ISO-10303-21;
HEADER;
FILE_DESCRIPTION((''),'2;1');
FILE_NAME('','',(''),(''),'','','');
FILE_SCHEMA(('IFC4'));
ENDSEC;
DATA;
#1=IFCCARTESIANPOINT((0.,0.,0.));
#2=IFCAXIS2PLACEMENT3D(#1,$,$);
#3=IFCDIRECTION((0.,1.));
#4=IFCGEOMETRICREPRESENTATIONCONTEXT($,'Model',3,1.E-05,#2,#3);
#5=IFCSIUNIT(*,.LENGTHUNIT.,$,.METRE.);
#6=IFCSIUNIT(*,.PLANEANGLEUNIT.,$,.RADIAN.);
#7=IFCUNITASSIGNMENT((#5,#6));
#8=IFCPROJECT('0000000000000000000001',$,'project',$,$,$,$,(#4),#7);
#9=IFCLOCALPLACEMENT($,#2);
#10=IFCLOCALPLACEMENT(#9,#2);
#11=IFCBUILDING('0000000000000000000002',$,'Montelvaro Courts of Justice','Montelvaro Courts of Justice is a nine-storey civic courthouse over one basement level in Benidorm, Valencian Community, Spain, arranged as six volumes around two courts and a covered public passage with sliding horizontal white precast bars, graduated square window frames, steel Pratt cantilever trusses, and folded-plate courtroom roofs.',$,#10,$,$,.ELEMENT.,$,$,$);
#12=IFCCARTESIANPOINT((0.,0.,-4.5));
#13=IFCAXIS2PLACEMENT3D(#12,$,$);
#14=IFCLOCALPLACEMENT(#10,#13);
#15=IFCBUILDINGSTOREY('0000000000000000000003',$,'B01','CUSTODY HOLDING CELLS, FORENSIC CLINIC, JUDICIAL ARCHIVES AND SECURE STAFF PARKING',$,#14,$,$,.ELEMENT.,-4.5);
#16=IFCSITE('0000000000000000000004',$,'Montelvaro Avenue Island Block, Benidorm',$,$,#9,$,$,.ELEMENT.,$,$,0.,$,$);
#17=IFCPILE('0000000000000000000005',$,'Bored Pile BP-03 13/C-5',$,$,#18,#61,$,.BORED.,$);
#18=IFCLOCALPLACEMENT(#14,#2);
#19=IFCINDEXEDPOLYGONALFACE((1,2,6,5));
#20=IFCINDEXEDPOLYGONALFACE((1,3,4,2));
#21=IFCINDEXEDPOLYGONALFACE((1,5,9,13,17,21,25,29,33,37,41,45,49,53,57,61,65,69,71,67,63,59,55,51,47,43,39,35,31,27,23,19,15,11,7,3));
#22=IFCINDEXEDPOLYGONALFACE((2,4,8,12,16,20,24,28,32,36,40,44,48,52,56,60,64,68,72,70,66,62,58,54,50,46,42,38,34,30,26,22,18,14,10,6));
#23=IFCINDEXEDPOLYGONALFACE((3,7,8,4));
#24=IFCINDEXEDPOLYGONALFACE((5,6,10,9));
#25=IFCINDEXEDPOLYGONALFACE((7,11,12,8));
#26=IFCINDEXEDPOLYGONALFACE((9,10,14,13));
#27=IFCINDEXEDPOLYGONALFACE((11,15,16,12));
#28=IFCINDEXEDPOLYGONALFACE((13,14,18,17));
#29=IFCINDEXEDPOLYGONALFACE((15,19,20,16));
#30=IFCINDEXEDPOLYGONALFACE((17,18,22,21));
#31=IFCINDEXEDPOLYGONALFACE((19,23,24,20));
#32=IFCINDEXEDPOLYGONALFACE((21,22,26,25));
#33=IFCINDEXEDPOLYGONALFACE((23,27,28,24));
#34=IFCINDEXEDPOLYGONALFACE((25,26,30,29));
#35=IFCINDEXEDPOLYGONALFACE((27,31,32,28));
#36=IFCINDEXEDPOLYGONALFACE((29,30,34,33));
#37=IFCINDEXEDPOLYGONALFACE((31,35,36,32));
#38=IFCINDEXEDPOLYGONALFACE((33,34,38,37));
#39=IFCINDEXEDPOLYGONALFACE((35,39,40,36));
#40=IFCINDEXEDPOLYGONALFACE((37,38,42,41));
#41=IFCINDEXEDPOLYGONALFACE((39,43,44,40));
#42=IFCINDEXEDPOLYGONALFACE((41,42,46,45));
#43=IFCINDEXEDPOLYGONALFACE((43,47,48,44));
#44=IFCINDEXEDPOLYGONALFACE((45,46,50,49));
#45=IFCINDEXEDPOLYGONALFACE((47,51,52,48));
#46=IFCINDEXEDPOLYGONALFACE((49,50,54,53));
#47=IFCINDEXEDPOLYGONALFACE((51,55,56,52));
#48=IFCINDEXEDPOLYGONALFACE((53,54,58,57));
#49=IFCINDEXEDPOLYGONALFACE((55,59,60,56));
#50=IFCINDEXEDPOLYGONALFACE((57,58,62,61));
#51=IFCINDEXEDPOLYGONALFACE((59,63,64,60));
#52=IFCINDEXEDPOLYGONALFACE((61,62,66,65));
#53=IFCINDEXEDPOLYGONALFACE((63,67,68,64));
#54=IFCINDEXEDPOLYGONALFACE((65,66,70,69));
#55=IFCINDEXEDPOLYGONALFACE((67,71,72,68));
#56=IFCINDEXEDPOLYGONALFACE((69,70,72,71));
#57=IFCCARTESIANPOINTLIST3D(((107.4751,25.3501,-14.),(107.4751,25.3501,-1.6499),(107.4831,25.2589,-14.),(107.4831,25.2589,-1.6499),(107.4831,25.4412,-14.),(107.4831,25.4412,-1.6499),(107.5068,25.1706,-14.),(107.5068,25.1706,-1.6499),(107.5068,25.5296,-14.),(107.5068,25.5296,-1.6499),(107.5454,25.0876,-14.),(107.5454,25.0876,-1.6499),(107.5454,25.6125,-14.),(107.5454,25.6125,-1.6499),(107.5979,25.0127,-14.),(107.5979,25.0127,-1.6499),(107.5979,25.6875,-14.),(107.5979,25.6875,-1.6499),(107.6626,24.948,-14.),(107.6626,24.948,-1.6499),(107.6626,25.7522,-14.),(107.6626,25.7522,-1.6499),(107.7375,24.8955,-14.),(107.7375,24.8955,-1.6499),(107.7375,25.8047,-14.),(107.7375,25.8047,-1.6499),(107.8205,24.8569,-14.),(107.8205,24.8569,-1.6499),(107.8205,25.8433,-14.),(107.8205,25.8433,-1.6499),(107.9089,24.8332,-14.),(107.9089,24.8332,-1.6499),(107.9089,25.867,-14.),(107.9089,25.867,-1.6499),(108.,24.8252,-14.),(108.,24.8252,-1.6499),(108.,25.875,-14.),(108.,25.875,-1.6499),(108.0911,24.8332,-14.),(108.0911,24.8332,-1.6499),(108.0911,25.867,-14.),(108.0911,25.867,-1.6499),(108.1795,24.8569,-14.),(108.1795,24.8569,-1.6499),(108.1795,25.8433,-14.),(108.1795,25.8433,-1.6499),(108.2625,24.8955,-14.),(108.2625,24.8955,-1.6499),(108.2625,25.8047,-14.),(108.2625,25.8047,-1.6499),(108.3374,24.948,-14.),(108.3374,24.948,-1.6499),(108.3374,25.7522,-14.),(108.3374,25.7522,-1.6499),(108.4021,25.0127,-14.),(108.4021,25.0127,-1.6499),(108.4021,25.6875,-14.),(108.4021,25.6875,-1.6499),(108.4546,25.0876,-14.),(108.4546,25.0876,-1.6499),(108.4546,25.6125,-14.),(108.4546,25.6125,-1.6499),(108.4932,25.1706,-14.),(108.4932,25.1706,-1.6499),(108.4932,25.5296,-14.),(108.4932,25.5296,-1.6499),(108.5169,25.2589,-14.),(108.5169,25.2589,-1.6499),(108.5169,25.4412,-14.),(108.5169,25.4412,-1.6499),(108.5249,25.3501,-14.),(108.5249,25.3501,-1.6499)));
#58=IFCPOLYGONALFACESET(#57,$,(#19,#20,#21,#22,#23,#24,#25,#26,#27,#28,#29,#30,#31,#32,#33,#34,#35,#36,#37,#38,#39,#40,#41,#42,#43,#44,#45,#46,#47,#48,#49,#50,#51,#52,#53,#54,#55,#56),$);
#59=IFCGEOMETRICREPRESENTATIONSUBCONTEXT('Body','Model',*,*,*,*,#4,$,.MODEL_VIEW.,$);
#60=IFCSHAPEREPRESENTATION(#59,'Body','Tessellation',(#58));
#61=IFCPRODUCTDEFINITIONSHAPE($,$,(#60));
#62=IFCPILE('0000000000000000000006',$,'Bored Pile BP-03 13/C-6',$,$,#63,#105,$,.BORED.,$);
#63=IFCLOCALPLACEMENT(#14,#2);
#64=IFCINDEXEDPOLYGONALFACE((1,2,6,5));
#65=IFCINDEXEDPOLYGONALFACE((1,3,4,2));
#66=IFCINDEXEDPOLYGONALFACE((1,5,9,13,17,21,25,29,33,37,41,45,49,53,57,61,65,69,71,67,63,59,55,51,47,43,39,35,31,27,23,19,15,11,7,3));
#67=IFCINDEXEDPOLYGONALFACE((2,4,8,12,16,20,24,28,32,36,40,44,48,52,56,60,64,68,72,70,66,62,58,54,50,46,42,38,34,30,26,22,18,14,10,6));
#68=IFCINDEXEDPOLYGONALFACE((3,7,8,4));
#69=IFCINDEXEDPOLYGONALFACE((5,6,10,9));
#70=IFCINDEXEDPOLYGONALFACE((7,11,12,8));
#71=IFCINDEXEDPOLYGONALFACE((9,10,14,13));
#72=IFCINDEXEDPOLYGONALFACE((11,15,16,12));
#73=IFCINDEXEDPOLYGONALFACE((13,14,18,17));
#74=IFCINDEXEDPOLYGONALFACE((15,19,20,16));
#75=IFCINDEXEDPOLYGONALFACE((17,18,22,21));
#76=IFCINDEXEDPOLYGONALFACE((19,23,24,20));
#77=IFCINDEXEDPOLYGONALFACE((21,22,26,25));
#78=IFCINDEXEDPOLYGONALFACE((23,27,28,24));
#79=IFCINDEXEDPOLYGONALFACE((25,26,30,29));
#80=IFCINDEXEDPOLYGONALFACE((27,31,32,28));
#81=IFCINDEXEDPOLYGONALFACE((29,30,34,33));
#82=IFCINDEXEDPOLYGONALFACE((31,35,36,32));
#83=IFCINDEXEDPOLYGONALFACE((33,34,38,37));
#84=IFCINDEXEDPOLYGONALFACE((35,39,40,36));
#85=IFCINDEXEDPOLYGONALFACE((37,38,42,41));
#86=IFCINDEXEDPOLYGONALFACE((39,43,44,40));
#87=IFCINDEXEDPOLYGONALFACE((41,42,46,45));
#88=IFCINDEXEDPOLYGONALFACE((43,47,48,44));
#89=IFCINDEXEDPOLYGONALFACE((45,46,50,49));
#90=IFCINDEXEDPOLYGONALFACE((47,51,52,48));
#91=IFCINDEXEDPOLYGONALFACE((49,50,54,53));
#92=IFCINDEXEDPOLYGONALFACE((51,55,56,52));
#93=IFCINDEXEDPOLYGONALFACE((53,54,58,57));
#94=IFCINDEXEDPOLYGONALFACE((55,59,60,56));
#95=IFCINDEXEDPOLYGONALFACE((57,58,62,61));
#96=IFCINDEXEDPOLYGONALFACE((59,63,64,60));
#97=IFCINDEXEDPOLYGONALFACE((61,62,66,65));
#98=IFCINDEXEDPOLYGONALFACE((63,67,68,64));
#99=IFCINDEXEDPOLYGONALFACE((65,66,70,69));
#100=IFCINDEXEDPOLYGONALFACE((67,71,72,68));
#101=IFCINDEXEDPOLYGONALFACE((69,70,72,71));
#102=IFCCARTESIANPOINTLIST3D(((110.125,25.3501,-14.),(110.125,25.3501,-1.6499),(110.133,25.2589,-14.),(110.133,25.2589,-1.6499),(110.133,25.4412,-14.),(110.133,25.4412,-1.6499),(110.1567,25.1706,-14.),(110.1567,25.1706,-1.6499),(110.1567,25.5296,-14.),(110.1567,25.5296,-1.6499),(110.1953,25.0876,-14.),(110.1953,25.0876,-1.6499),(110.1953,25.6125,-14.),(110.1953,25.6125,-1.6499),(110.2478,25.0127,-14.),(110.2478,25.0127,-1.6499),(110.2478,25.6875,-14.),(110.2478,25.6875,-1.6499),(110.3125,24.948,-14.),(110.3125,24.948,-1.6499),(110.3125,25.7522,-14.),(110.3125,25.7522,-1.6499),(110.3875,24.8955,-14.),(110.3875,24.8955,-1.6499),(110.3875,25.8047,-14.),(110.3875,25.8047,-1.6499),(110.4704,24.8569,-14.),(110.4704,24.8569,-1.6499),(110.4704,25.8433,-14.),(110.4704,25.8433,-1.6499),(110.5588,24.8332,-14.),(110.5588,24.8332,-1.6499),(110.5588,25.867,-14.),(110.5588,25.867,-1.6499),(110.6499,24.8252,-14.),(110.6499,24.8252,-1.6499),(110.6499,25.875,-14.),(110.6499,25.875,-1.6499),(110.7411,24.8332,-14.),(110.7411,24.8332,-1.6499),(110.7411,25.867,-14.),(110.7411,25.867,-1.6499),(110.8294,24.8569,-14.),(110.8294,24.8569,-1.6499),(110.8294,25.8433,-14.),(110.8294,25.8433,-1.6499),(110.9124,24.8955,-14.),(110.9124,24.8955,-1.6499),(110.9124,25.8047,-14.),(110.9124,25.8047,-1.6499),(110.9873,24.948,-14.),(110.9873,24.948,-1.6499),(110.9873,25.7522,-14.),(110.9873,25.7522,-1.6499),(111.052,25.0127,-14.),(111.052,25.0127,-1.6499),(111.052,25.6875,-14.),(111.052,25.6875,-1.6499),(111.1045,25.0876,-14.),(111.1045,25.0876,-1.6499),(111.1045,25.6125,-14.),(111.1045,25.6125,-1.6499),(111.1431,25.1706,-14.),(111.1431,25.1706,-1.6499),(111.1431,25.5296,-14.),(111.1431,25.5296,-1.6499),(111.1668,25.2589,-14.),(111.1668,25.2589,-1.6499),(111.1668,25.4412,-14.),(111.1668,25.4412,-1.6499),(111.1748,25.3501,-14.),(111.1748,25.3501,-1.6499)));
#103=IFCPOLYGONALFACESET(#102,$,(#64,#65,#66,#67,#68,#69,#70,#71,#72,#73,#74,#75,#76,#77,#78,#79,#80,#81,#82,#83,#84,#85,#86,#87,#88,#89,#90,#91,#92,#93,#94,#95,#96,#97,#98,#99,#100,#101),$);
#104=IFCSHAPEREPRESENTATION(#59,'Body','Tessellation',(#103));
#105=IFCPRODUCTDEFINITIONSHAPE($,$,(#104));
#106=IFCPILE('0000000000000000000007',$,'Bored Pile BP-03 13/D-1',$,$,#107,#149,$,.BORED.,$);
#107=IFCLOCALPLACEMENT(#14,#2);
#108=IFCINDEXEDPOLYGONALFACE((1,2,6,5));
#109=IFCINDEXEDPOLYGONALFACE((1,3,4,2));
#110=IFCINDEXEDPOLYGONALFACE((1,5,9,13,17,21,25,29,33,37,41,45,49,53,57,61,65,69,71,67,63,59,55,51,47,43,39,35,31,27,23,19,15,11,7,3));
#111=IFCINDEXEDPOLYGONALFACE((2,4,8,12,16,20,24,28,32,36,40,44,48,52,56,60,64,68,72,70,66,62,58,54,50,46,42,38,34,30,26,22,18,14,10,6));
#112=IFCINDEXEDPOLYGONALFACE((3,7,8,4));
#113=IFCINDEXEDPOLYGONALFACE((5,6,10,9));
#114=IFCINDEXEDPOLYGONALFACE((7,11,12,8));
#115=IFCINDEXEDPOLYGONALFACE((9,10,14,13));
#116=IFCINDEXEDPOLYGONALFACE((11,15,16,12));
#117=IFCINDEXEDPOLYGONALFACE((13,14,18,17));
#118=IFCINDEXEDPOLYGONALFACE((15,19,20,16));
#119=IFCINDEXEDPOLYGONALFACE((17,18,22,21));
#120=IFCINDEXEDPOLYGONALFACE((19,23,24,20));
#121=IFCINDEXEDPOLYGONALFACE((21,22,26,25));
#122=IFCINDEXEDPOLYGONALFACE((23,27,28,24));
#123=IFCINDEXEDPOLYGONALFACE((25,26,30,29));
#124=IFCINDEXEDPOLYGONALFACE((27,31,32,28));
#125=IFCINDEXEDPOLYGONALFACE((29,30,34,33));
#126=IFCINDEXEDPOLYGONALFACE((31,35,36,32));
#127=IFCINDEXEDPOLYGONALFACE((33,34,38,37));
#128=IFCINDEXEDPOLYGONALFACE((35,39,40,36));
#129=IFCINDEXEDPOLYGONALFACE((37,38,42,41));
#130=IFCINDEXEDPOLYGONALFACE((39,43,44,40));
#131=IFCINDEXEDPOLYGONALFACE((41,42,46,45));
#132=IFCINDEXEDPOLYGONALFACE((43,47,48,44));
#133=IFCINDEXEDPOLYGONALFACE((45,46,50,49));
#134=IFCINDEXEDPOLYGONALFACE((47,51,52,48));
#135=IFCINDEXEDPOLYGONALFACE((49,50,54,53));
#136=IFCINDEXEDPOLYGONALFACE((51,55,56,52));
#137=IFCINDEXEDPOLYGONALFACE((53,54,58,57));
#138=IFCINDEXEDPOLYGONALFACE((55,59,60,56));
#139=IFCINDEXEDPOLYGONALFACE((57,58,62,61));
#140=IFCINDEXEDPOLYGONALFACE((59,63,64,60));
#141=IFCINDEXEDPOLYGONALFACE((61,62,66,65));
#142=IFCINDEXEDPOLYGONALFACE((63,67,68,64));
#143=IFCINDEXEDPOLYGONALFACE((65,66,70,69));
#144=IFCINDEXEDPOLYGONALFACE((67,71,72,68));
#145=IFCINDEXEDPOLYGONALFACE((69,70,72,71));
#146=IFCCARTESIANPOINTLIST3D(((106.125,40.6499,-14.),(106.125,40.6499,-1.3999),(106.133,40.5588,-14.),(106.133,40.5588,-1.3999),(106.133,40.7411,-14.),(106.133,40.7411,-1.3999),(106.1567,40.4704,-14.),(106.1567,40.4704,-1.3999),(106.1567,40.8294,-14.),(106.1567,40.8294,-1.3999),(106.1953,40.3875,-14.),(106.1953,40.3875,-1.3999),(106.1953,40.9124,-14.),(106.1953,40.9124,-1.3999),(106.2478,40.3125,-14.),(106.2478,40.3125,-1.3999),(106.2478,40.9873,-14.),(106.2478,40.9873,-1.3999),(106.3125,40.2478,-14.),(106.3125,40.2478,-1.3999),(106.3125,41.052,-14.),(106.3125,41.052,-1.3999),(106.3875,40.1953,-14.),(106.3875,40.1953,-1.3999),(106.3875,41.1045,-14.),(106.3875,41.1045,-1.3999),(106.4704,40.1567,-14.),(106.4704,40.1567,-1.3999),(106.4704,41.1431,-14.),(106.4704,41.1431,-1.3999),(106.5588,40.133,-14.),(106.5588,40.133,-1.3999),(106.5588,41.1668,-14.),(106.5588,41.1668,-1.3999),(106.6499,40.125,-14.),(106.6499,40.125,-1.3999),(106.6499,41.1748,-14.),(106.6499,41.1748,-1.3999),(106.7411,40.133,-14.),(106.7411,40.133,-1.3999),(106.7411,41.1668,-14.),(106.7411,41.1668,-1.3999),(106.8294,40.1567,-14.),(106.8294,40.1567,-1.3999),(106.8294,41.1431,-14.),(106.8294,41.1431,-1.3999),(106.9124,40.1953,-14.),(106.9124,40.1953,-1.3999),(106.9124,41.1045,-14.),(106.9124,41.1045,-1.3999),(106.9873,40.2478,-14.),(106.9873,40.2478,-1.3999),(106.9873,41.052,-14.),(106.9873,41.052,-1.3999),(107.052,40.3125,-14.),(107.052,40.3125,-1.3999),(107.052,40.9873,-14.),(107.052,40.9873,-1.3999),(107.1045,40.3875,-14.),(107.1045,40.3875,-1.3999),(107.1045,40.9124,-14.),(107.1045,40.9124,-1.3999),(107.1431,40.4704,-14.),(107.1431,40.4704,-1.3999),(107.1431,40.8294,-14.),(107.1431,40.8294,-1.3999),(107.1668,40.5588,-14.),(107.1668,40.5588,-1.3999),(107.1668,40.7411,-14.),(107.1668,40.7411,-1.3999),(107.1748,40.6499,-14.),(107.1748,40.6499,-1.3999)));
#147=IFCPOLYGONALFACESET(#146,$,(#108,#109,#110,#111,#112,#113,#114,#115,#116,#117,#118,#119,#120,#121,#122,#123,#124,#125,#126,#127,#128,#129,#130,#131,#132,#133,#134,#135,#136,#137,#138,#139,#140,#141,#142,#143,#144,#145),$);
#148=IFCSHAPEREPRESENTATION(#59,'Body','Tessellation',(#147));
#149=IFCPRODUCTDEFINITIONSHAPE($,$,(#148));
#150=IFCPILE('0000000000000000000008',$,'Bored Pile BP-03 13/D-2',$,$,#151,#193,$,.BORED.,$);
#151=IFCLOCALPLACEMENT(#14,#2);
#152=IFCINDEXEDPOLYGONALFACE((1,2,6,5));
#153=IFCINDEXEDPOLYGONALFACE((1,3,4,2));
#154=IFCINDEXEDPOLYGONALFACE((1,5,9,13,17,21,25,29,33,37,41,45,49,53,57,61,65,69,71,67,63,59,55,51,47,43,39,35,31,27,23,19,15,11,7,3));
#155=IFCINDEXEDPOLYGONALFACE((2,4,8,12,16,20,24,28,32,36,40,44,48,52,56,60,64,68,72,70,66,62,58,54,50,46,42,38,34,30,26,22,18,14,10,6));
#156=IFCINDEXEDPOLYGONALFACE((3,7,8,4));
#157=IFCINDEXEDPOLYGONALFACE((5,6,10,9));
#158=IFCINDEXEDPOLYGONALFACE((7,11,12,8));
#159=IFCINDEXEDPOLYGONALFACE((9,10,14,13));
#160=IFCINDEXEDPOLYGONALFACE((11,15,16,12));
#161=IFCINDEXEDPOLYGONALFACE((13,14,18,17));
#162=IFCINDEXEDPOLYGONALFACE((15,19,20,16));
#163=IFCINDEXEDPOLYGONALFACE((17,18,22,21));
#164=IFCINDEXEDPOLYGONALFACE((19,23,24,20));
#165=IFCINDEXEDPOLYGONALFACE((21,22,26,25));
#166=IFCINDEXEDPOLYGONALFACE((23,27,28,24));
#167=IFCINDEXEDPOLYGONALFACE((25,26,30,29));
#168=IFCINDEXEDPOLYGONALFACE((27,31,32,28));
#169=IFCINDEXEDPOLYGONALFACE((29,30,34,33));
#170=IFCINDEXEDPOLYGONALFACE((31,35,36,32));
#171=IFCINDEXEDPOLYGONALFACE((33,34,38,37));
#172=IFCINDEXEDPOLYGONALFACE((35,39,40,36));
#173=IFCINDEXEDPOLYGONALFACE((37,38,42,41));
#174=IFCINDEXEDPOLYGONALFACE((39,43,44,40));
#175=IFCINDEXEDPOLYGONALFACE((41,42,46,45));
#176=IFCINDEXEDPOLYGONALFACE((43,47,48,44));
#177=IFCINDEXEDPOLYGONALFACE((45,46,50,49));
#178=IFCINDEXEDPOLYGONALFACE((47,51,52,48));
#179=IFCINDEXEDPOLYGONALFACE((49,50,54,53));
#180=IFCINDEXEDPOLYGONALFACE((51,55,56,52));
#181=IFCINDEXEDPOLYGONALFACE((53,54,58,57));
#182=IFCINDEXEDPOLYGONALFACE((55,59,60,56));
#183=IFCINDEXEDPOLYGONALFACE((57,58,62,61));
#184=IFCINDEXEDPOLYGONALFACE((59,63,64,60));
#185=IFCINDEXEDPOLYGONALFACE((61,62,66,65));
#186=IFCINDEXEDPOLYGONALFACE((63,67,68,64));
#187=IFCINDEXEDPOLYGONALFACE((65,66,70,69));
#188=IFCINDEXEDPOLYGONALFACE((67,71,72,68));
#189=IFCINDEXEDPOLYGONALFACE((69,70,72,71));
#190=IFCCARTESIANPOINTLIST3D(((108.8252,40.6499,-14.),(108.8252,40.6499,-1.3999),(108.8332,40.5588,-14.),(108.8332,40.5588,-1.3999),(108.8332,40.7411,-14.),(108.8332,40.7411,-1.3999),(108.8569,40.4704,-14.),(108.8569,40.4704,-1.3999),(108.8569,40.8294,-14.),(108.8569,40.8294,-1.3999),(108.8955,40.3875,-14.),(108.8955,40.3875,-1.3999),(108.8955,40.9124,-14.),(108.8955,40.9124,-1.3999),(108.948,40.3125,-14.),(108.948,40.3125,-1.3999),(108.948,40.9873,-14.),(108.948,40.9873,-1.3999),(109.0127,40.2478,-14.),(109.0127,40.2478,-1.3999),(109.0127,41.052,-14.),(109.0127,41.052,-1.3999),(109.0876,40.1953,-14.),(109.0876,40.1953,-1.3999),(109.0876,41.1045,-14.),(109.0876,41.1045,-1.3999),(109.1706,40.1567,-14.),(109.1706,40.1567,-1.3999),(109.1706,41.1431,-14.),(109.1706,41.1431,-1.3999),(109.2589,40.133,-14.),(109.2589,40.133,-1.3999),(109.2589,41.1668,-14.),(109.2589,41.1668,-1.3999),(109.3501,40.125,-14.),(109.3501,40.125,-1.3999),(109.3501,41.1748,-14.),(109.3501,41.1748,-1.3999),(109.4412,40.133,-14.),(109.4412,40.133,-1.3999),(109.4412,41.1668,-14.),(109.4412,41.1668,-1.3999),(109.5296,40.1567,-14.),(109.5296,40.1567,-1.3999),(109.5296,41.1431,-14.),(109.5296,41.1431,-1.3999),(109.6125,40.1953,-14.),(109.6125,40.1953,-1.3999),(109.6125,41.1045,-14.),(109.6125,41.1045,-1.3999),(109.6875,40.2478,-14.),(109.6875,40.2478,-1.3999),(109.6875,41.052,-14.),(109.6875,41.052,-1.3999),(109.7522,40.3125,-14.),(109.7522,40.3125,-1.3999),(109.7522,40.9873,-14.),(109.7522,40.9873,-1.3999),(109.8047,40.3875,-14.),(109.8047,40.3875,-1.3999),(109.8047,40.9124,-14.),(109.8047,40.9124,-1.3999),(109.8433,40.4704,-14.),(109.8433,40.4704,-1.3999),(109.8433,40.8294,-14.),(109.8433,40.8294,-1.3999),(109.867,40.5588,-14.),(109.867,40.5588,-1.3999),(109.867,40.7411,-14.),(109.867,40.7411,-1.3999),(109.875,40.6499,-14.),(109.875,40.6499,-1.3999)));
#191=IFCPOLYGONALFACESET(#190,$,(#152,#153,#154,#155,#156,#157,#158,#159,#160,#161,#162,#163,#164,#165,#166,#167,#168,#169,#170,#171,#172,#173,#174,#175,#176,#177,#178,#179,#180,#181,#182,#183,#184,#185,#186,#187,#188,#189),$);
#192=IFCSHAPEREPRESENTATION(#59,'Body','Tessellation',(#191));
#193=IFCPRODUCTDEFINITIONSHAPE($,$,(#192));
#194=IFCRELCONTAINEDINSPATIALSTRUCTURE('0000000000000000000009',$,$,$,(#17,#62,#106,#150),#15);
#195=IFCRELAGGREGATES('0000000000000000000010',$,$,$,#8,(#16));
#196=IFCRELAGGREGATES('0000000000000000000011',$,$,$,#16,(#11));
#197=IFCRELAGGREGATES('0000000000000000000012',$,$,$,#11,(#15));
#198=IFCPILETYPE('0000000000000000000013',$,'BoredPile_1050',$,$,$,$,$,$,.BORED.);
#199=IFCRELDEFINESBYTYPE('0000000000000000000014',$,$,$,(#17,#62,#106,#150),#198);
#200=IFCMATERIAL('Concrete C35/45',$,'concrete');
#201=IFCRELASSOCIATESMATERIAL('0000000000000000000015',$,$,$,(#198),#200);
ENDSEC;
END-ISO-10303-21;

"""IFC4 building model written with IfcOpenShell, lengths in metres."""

from ifc_helpers import new_model, si_unit, direction, frame, origin, origin_2d, place, context, subcontext, project, spatial, circle, extrude, material, material_profile, profile_set, type_object, element, save


model = new_model("IFC4")

# Units and contexts
model_context = context("Model", 3, precision=1e-05, world=origin(), true_north=direction((0.0, 1.0)))
body_context = subcontext(model_context, "Body", "Model", "MODEL_VIEW")
ifc_project = project(units=[si_unit("LENGTHUNIT", "METRE"), si_unit("PLANEANGLEUNIT", "RADIAN")], contexts=[model_context])

# Site, building, storey
site_placement = place(None, origin())
site = spatial("IfcSite", under=ifc_project, at=site_placement, Name="Montelvaro Avenue Island Block, Benidorm", CompositionType="ELEMENT", RefElevation=0.0)
building_placement = place(site_placement, origin())
building = spatial("IfcBuilding", under=site, at=building_placement, Name="Montelvaro Courts of Justice", Description="Montelvaro Courts of Justice is a nine-storey civic courthouse over one basement level in Benidorm, Valencian Community, Spain, arranged as six volumes around two courts and a covered public passage with sliding horizontal white precast bars, graduated square window frames, steel Pratt cantilever trusses, and folded-plate courtroom roofs.", CompositionType="ELEMENT")
storey_placement = place(building_placement, frame((0.0, 0.0, -4.5)))
storey = spatial("IfcBuildingStorey", under=building, at=storey_placement, Name="B01", Description="CUSTODY HOLDING CELLS, FORENSIC CLINIC, JUDICIAL ARCHIVES AND SECURE STAFF PARKING", CompositionType="ELEMENT", Elevation=-4.5)

# Piles
ifc_material_1 = material(Name="Concrete C35/45", Category="concrete")
ifc_material_profile_1 = material_profile(ifc_material_1, circle(Radius=0.5249, at=origin_2d()), Name="BORED PILE D1050")
ifc_profile_set_1 = profile_set([ifc_material_profile_1], Name="Concrete C35/45")
pile_type_1 = type_object("IfcPileType", Name="BoredPile_1050", PredefinedType="BORED", material=ifc_profile_set_1)
for number, where, z_axis, x_axis, name in (
    (1, (108.0, 25.3501, -1.6499), (0.0, 0.0, -1.0), (1.0, 0.0, 0.0), "Bored Pile BP-03 13/C-5"),
    (2, (110.6499, 25.3501, -1.6499), (0.0, 0.0, -1.0), (1.0, 0.0, 0.0), "Bored Pile BP-03 13/C-6"),
):
    element("IfcPile", number, at=place(storey_placement, frame(where, z_axis=z_axis, x_axis=x_axis)), inside=storey, type_object=pile_type_1, Name=name, PredefinedType="BORED", context=body_context, shape_type="SweptSolid", body=[
        extrude(circle(Radius=0.5249, at=origin_2d()), origin(), (0.0, 0.0, 1.0), 12.3501),
    ])
for number, where, z_axis, x_axis, name in (
    (3, (106.6499, 40.6499, -1.3999), (0.0, 0.0, -1.0), (1.0, 0.0, 0.0), "Bored Pile BP-03 13/D-1"),
    (4, (109.3501, 40.6499, -1.3999), (0.0, 0.0, -1.0), (1.0, 0.0, 0.0), "Bored Pile BP-03 13/D-2"),
):
    element("IfcPile", number, at=place(storey_placement, frame(where, z_axis=z_axis, x_axis=x_axis)), inside=storey, type_object=pile_type_1, Name=name, PredefinedType="BORED", context=body_context, shape_type="SweptSolid", body=[
        extrude(circle(Radius=0.5249, at=origin_2d()), origin(), (0.0, 0.0, 1.0), 12.6001),
    ])

save(model, "model.ifc")
